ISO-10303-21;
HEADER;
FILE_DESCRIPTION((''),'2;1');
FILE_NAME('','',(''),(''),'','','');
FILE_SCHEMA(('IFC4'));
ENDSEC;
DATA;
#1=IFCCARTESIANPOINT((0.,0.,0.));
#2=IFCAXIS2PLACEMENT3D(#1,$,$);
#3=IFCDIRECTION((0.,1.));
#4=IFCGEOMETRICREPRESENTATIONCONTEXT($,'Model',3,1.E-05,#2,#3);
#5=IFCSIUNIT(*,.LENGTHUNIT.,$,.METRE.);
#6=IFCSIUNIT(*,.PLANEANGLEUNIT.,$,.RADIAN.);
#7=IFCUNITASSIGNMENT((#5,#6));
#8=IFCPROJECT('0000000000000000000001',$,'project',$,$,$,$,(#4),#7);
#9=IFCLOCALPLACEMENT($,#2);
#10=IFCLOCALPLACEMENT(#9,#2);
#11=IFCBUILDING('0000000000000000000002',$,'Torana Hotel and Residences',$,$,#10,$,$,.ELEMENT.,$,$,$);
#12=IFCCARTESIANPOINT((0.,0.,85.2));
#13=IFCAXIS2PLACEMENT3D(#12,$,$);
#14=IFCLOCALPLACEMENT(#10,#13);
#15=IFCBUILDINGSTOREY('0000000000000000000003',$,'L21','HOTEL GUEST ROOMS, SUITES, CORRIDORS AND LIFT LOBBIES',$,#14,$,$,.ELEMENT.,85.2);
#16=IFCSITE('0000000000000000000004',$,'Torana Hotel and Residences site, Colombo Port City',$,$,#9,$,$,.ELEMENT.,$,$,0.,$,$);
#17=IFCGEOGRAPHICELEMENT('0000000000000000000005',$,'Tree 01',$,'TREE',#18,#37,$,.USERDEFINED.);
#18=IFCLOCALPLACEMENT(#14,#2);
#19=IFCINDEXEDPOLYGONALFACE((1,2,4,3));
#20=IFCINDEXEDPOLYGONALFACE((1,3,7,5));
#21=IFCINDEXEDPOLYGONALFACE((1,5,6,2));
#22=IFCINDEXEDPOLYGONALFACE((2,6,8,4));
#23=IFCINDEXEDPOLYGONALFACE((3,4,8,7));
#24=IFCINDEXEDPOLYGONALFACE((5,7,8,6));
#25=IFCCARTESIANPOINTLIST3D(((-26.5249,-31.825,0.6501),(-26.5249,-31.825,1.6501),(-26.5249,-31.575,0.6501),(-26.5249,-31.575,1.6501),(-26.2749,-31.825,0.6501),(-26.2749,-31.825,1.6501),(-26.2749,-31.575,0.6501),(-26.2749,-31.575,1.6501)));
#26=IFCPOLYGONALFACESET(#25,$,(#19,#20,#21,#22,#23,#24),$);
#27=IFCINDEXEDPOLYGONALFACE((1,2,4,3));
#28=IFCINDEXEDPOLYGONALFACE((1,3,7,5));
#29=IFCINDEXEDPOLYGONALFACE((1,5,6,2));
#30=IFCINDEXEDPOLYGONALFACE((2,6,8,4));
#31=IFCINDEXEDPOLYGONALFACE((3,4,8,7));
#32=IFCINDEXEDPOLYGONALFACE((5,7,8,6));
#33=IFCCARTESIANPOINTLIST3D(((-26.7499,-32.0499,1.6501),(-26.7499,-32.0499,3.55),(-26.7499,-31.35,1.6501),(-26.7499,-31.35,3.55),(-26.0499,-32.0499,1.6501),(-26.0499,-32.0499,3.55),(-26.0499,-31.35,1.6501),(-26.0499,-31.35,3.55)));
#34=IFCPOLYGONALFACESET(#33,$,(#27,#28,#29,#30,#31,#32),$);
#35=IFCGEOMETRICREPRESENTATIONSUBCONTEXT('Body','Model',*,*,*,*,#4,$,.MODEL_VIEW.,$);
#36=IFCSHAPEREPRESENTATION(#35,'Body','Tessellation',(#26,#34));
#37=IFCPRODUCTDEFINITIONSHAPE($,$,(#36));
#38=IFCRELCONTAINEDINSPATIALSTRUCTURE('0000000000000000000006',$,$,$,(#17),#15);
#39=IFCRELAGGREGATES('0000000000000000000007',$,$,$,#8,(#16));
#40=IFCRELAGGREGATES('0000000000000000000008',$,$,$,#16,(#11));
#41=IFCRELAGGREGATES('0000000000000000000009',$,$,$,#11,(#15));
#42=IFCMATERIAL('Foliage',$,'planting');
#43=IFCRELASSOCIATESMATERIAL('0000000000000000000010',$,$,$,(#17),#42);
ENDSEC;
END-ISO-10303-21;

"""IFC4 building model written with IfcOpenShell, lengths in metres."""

from ifc_helpers import new_model, si_unit, direction, frame, origin, origin_2d, place, context, subcontext, project, spatial, rectangle, extrude, material, element, save


model = new_model("IFC4")

# Units and contexts
model_context = context("Model", 3, precision=1e-05, world=origin(), true_north=direction((0.0, 1.0)))
body_context = subcontext(model_context, "Body", "Model", "MODEL_VIEW")
ifc_project = project(units=[si_unit("LENGTHUNIT", "METRE"), si_unit("PLANEANGLEUNIT", "RADIAN")], contexts=[model_context])

# Site, building, storey
site_placement = place(None, origin())
site = spatial("IfcSite", under=ifc_project, at=site_placement, Name="Torana Hotel and Residences site, Colombo Port City", CompositionType="ELEMENT", RefElevation=0.0)
building_placement = place(site_placement, origin())
building = spatial("IfcBuilding", under=site, at=building_placement, Name="Torana Hotel and Residences", CompositionType="ELEMENT")
storey_placement = place(building_placement, frame((0.0, 0.0, 85.2)))
storey = spatial("IfcBuildingStorey", under=building, at=storey_placement, Name="L21", Description="HOTEL GUEST ROOMS, SUITES, CORRIDORS AND LIFT LOBBIES", CompositionType="ELEMENT", Elevation=85.2)

# Geographic element
ifc_material_1 = material(Name="Foliage", Category="planting")
geographic_element_placement = place(storey_placement, frame((-26.3999, -31.7, 0.6501), z_axis=(0.0, 0.0, 1.0), x_axis=(1.0, 0.0, 0.0)))
element("IfcGeographicElement", 1, at=geographic_element_placement, inside=storey, material=ifc_material_1, Name="Tree 01", ObjectType="TREE", PredefinedType="USERDEFINED", context=body_context, shape_type="SweptSolid", body=[
    extrude(rectangle(XDim=0.25, YDim=0.25, at=origin_2d()), origin(), (0.0, 0.0, 1.0), 1.0),
    extrude(rectangle(XDim=0.7, YDim=0.7, at=origin_2d()), frame((0.0, 0.0, 1.0)), (0.0, 0.0, 1.0), 1.8999),
])

save(model, "model.ifc")
